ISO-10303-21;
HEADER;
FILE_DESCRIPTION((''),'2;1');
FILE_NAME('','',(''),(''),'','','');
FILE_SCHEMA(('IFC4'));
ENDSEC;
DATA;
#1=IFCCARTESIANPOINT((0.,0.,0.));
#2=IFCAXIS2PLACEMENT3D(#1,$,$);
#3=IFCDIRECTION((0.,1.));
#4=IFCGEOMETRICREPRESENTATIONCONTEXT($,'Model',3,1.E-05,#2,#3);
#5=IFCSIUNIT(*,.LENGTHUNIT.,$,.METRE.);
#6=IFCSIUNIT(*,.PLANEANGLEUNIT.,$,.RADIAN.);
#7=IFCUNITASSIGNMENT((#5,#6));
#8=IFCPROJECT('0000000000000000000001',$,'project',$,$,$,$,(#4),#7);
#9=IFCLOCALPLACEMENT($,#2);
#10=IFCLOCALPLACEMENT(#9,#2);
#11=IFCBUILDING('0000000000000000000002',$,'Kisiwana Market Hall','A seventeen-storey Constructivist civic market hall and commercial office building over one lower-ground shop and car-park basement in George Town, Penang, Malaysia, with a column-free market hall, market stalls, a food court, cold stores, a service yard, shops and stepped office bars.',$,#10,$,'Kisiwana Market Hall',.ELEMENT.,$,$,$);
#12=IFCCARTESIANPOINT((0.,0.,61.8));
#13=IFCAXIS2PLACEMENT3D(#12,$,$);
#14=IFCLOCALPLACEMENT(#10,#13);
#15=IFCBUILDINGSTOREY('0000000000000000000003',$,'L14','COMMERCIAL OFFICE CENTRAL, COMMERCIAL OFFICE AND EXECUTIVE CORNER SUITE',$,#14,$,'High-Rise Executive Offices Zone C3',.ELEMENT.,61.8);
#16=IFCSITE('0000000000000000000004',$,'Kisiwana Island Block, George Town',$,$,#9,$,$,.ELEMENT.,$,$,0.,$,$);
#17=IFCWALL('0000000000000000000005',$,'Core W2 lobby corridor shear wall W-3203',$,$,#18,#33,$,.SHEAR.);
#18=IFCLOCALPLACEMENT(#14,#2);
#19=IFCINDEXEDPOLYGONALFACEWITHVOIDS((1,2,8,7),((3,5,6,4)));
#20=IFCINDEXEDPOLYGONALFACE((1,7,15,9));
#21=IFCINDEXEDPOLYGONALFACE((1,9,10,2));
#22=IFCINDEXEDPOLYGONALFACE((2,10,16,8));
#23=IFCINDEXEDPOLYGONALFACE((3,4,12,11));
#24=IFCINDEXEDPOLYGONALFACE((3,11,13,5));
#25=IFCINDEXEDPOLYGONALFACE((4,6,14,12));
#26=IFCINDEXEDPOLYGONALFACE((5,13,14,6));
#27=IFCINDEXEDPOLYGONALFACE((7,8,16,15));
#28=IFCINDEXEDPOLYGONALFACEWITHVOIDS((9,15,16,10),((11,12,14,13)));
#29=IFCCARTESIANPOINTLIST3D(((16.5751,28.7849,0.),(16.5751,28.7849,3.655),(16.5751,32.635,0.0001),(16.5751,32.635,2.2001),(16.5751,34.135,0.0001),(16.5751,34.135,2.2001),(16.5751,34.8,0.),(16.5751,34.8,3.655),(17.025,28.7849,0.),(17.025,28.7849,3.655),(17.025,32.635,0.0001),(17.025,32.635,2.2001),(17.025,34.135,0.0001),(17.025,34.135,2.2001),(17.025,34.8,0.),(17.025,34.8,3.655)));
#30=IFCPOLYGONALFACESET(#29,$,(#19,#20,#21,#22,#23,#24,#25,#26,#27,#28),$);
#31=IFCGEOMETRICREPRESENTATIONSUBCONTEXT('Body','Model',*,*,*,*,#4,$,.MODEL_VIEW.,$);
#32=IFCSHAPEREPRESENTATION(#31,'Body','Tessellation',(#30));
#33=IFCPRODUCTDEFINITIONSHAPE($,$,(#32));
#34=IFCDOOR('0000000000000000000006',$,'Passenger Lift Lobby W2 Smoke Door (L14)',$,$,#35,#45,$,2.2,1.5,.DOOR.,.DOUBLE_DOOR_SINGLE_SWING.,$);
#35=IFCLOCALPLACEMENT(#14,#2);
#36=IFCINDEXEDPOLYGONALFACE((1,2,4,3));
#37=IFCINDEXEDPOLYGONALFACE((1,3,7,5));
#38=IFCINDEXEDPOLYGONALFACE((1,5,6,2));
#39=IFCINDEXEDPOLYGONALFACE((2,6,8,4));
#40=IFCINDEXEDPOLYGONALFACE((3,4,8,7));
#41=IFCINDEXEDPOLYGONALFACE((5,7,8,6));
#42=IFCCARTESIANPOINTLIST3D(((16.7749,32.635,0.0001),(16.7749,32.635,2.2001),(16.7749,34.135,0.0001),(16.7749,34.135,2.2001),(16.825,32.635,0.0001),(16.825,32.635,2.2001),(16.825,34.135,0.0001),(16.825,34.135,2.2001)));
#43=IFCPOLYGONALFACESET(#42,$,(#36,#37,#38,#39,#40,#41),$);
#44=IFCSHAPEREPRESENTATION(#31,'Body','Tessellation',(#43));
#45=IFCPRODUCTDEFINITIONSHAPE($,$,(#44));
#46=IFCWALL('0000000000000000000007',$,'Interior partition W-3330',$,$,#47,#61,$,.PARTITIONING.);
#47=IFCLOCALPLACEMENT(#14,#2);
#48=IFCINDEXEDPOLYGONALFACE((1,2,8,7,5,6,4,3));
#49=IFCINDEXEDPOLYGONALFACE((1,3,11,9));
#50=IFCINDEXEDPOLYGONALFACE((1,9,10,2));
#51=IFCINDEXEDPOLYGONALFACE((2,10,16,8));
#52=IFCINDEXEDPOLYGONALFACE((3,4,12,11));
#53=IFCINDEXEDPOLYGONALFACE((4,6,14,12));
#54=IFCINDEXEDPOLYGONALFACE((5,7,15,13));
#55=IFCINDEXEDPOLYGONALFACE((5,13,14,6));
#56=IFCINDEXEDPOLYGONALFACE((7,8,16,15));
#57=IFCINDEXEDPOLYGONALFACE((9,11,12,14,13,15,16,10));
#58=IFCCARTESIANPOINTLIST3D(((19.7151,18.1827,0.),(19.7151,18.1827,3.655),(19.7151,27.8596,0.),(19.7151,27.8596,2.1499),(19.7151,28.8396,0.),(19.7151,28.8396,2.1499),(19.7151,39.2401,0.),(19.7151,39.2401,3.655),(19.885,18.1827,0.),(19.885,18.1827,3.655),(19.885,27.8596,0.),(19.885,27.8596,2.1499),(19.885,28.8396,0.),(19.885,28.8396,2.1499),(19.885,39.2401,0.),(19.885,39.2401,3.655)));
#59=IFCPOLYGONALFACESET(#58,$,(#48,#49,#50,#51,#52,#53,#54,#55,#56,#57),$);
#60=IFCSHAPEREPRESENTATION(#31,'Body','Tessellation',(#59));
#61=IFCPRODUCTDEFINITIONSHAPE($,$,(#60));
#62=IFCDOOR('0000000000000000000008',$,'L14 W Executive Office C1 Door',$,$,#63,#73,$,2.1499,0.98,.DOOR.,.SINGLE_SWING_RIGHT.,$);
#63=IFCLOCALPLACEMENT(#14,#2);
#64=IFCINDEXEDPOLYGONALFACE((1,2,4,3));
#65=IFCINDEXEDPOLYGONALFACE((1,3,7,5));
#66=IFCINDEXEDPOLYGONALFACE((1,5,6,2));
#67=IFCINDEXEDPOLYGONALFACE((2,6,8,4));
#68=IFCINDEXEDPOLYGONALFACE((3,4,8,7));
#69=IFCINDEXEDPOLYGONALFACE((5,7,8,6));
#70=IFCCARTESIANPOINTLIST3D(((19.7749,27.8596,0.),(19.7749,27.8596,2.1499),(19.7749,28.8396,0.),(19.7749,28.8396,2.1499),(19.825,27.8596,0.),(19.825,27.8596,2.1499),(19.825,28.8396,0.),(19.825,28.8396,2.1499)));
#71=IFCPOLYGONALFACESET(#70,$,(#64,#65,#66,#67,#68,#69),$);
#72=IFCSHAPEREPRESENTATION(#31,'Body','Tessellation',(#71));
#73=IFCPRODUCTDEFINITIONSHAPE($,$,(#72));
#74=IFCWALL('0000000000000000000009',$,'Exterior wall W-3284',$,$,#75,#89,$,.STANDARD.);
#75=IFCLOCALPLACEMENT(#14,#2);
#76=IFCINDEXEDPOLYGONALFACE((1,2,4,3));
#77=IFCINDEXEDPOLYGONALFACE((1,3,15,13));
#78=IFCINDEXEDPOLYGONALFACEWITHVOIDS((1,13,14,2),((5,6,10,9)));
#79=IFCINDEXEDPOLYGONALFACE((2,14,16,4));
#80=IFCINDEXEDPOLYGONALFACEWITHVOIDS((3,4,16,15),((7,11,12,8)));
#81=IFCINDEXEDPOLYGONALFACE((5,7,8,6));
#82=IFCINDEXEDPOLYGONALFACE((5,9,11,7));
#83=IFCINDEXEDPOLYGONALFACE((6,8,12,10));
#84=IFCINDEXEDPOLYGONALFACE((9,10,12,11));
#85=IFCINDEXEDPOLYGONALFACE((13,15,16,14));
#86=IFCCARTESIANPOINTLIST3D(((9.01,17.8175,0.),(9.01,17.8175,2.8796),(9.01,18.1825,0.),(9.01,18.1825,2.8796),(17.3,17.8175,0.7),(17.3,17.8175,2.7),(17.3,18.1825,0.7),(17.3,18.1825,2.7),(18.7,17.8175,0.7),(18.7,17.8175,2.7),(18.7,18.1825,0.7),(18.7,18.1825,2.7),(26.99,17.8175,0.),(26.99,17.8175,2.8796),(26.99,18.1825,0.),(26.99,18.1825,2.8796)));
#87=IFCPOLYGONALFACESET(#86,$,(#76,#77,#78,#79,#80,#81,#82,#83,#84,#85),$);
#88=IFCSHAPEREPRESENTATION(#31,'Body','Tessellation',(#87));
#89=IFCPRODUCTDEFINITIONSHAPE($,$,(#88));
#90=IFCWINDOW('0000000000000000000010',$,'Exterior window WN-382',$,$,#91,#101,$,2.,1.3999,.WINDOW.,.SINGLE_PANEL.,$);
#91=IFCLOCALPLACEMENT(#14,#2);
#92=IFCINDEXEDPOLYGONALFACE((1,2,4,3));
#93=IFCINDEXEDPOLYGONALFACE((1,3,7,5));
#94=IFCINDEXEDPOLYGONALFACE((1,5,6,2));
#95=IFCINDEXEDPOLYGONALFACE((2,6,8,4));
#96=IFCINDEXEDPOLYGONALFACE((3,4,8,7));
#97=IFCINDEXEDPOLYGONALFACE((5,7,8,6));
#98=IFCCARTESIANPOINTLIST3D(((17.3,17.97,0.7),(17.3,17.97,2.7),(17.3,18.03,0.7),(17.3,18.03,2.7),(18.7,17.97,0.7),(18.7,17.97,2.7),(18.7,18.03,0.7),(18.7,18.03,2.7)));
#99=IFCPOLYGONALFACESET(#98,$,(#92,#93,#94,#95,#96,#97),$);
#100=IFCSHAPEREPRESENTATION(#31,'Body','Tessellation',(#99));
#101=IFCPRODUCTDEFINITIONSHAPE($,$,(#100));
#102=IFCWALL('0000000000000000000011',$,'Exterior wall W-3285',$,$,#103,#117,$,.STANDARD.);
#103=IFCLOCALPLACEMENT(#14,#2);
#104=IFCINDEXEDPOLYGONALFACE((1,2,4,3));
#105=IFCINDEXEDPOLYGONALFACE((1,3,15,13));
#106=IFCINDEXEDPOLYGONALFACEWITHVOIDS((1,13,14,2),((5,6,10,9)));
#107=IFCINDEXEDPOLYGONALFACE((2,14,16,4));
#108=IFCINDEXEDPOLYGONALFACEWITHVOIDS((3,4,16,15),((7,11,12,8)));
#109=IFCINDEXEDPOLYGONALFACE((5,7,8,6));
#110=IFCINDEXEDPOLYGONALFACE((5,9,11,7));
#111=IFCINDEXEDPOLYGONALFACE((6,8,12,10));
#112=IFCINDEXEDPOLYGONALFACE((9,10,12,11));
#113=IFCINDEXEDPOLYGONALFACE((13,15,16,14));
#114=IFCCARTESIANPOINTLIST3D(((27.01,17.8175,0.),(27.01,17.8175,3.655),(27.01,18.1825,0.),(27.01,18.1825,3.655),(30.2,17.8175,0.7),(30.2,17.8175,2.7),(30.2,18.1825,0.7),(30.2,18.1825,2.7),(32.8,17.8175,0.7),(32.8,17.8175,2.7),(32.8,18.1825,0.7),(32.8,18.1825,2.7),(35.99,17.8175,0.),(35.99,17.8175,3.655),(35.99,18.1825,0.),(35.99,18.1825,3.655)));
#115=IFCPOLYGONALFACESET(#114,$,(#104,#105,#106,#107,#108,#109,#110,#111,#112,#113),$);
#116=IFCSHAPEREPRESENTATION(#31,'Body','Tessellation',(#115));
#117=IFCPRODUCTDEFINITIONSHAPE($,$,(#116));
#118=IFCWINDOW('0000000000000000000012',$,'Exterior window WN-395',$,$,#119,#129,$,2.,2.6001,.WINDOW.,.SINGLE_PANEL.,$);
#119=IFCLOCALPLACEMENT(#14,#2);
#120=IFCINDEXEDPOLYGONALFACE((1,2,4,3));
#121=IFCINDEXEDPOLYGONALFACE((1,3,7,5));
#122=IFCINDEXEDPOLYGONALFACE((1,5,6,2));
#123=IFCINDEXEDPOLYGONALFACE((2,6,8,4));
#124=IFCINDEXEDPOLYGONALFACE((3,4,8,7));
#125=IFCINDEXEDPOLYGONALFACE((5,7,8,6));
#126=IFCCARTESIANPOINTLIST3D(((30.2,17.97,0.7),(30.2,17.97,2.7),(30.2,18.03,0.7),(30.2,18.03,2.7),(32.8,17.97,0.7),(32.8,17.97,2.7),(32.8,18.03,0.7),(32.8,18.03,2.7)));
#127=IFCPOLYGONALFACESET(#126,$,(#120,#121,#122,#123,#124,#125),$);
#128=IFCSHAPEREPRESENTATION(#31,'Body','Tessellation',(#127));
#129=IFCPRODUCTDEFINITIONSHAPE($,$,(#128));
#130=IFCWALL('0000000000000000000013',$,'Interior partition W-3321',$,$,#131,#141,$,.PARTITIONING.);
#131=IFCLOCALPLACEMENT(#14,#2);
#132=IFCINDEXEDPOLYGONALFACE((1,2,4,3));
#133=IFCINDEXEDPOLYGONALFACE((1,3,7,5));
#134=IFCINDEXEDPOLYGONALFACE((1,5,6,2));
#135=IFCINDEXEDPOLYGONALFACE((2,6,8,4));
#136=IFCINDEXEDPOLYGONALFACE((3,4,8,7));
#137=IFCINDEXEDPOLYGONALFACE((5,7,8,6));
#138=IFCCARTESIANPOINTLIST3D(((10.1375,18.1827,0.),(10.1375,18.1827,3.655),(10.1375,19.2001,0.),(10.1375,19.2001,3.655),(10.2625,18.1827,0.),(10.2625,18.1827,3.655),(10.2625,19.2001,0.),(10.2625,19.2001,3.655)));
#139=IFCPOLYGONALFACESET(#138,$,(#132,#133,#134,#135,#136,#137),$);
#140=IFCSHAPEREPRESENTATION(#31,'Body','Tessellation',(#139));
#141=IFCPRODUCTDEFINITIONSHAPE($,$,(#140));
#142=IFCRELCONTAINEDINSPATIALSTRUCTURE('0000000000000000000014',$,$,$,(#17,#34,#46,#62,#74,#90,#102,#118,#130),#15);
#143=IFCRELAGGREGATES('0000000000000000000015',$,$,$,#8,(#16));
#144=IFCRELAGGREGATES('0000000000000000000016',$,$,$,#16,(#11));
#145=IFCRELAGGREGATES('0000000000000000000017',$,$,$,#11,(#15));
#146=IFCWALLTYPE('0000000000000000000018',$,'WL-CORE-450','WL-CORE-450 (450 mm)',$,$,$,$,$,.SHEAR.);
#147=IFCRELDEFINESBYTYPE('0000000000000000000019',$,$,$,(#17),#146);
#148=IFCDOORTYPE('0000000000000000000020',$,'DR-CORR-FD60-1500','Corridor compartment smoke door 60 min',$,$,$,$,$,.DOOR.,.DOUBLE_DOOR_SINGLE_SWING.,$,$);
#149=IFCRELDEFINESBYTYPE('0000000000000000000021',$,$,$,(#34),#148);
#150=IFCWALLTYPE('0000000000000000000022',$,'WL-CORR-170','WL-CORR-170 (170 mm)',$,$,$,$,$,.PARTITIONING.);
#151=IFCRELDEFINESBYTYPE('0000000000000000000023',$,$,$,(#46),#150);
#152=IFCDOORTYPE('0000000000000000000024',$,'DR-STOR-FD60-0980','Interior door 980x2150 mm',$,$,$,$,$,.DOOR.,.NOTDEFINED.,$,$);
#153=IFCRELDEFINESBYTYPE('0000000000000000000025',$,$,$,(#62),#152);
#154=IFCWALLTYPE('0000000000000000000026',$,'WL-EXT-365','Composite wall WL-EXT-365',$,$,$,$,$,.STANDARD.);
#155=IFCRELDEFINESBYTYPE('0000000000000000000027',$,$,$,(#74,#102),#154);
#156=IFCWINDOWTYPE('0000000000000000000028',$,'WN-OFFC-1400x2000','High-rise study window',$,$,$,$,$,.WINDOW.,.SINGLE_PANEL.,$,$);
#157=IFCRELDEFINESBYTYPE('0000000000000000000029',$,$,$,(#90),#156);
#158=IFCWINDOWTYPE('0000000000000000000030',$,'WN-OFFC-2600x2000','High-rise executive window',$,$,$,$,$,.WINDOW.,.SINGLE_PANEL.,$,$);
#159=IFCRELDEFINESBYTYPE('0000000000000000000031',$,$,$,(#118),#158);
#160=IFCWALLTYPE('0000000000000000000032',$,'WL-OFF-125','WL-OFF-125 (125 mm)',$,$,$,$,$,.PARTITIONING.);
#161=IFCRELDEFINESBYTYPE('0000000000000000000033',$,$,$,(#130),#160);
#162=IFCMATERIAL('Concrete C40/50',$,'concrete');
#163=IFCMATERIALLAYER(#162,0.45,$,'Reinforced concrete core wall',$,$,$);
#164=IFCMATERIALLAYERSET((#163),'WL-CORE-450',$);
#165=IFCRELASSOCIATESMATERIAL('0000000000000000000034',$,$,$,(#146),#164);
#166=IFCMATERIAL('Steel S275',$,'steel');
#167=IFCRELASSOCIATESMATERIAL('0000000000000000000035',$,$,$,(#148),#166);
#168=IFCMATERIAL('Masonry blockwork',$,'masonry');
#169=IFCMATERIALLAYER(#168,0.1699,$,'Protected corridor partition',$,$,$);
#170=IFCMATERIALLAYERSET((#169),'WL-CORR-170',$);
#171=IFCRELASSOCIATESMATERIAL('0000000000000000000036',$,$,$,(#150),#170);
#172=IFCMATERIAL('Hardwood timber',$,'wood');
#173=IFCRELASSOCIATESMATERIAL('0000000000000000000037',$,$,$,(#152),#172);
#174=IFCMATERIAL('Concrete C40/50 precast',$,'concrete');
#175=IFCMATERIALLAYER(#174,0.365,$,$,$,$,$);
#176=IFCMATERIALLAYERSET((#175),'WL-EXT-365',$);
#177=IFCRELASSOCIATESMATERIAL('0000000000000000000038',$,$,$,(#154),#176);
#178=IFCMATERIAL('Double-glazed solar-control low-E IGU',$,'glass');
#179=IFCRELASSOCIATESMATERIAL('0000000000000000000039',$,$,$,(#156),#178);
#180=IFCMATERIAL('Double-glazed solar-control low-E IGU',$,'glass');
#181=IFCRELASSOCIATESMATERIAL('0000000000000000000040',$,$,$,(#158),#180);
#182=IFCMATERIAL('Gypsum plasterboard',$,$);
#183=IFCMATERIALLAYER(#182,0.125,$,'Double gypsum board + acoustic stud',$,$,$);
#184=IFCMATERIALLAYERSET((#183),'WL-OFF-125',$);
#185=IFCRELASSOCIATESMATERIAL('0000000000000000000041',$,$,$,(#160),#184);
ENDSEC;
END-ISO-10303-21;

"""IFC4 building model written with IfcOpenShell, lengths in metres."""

from ifc_helpers import new_model, si_unit, direction, frame, frame_2d, origin, place, context, subcontext, project, spatial, rectangle, extrude, material, layer, layer_set, type_object, element, fill, save


model = new_model("IFC4")

# Units and contexts
model_context = context("Model", 3, precision=1e-05, world=origin(), true_north=direction((0.0, 1.0)))
body_context = subcontext(model_context, "Body", "Model", "MODEL_VIEW")
ifc_project = project(units=[si_unit("LENGTHUNIT", "METRE"), si_unit("PLANEANGLEUNIT", "RADIAN")], contexts=[model_context])

# Site, building, storey
site_placement = place(None, origin())
site = spatial("IfcSite", under=ifc_project, at=site_placement, Name="Kisiwana Island Block, George Town", CompositionType="ELEMENT", RefElevation=0.0)
building_placement = place(site_placement, origin())
building = spatial("IfcBuilding", under=site, at=building_placement, Name="Kisiwana Market Hall", Description="A seventeen-storey Constructivist civic market hall and commercial office building over one lower-ground shop and car-park basement in George Town, Penang, Malaysia, with a column-free market hall, market stalls, a food court, cold stores, a service yard, shops and stepped office bars.", LongName="Kisiwana Market Hall", CompositionType="ELEMENT")
storey_placement = place(building_placement, frame((0.0, 0.0, 61.8)))
storey = spatial("IfcBuildingStorey", under=building, at=storey_placement, Name="L14", Description="COMMERCIAL OFFICE CENTRAL, COMMERCIAL OFFICE AND EXECUTIVE CORNER SUITE", LongName="High-Rise Executive Offices Zone C3", CompositionType="ELEMENT", Elevation=61.8)

# Shared definitions
ifc_material_1 = material(Name="Concrete C40/50", Category="concrete")
ifc_layer_1 = layer(ifc_material_1, 0.45, Name="Reinforced concrete core wall")
ifc_layer_set_1 = layer_set([ifc_layer_1], Name="WL-CORE-450")
wall_type_1 = type_object("IfcWallType", Name="WL-CORE-450", Description="WL-CORE-450 (450 mm)", PredefinedType="SHEAR", material=ifc_layer_set_1)

# Walls, openings, doors
wall_1_placement = place(storey_placement, frame((16.8, 28.7849, 0.0), z_axis=(0.0, 0.0, 1.0), x_axis=(0.0, 1.0, 0.0)))
wall_1 = element("IfcWall", 1, at=wall_1_placement, inside=storey, type_object=wall_type_1, Name="Core W2 lobby corridor shear wall W-3203", PredefinedType="SHEAR", context=body_context, shape_type="SweptSolid", body=[
    extrude(rectangle(XDim=6.0151, YDim=0.45, at=frame_2d((3.0076, 0.0))), origin(), (0.0, 0.0, 1.0), 3.655),
])
opening_1_placement = place(wall_1_placement, frame((3.8501, 0.0, 0.0)))
opening_1 = element("IfcOpeningElement", 2, at=opening_1_placement, cuts=wall_1, PredefinedType="OPENING", context=body_context, shape_type="SweptSolid", body=[
    extrude(rectangle(XDim=1.5, YDim=2.2, at=frame_2d((0.75, 1.1001))), frame((0.0, 0.2368, 0.0), z_axis=(0.0, -1.0, 0.0), x_axis=(1.0, 0.0, 0.0)), (0.0, 0.0, 1.0), 0.4739),
])
ifc_material_2 = material(Name="Steel S275", Category="steel")
door_type_1 = type_object("IfcDoorType", Name="DR-CORR-FD60-1500", Description="Corridor compartment smoke door 60 min", OperationType="DOUBLE_DOOR_SINGLE_SWING", PredefinedType="DOOR", material=ifc_material_2)
door_1_placement = place(opening_1_placement, frame((1.5, 0.0, 0.0), z_axis=(0.0, 0.0, 1.0), x_axis=(-1.0, 0.0, 0.0)))
door_1 = element("IfcDoor", 3, at=door_1_placement, inside=storey, type_object=door_type_1, Name="Passenger Lift Lobby W2 Smoke Door (L14)", OperationType="DOUBLE_DOOR_SINGLE_SWING", OverallHeight=2.2, OverallWidth=1.5, PredefinedType="DOOR", context=body_context, shape_type="SweptSolid", body=[
    extrude(rectangle(XDim=1.5, YDim=2.2, at=frame_2d((0.75, 1.1001))), frame((0.0, 0.0249, 0.0), z_axis=(0.0, -1.0, 0.0), x_axis=(1.0, 0.0, 0.0)), (0.0, 0.0, 1.0), 0.05),
])
fill(opening_1, door_1)
ifc_material_3 = material(Name="Masonry blockwork", Category="masonry")
ifc_layer_2 = layer(ifc_material_3, 0.1699, Name="Protected corridor partition")
ifc_layer_set_2 = layer_set([ifc_layer_2], Name="WL-CORR-170")
wall_type_2 = type_object("IfcWallType", Name="WL-CORR-170", Description="WL-CORR-170 (170 mm)", PredefinedType="PARTITIONING", material=ifc_layer_set_2)
wall_2_placement = place(storey_placement, frame((19.8, 18.1826, 0.0), z_axis=(0.0, 0.0, 1.0), x_axis=(0.0, 1.0, 0.0)))
wall_2 = element("IfcWall", 4, at=wall_2_placement, inside=storey, type_object=wall_type_2, Name="Interior partition W-3330", PredefinedType="PARTITIONING", context=body_context, shape_type="SweptSolid", body=[
    extrude(rectangle(XDim=21.0574, YDim=0.1699, at=frame_2d((10.5288, 0.0))), origin(), (0.0, 0.0, 1.0), 3.655),
])
opening_2_placement = place(wall_2_placement, frame((9.677, 0.0, 0.0)))
opening_2 = element("IfcOpeningElement", 5, at=opening_2_placement, cuts=wall_2, PredefinedType="OPENING", context=body_context, shape_type="SweptSolid", body=[
    extrude(rectangle(XDim=0.98, YDim=2.1499, at=frame_2d((0.49, 1.075))), frame((0.0, 0.0969, 0.0), z_axis=(0.0, -1.0, 0.0), x_axis=(1.0, 0.0, 0.0)), (0.0, 0.0, 1.0), 0.1938),
])
ifc_material_4 = material(Name="Hardwood timber", Category="wood")
door_type_2 = type_object("IfcDoorType", Name="DR-STOR-FD60-0980", Description="Interior door 980x2150 mm", OperationType="NOTDEFINED", PredefinedType="DOOR", material=ifc_material_4)
door_2_placement = place(opening_2_placement, frame((0.98, 0.0, 0.0), z_axis=(0.0, 0.0, 1.0), x_axis=(-1.0, 0.0, 0.0)))
door_2 = element("IfcDoor", 6, at=door_2_placement, inside=storey, type_object=door_type_2, Name="L14 W Executive Office C1 Door", OperationType="SINGLE_SWING_RIGHT", OverallHeight=2.1499, OverallWidth=0.98, PredefinedType="DOOR", context=body_context, shape_type="SweptSolid", body=[
    extrude(rectangle(XDim=0.98, YDim=2.1499, at=frame_2d((0.49, 1.075))), frame((0.0, 0.0249, 0.0), z_axis=(0.0, -1.0, 0.0), x_axis=(1.0, 0.0, 0.0)), (0.0, 0.0, 1.0), 0.05),
])
fill(opening_2, door_2)

# Walls, openings, windows
ifc_material_5 = material(Name="Concrete C40/50 precast", Category="concrete")
ifc_layer_3 = layer(ifc_material_5, 0.365)
ifc_layer_set_3 = layer_set([ifc_layer_3], Name="WL-EXT-365")
wall_type_3 = type_object("IfcWallType", Name="WL-EXT-365", Description="Composite wall WL-EXT-365", PredefinedType="STANDARD", material=ifc_layer_set_3)
wall_3_placement = place(storey_placement, frame((9.01, 18.0, 0.0), z_axis=(0.0, 0.0, 1.0), x_axis=(1.0, 0.0, 0.0)))
wall_3 = element("IfcWall", 7, at=wall_3_placement, inside=storey, type_object=wall_type_3, Name="Exterior wall W-3284", PredefinedType="STANDARD", context=body_context, shape_type="SweptSolid", body=[
    extrude(rectangle(XDim=17.98, YDim=0.365, at=frame_2d((8.99, 0.0))), origin(), (0.0, 0.0, 1.0), 2.8796),
])
opening_3_placement = place(wall_3_placement, frame((8.29, 0.0, 0.7)))
opening_3 = element("IfcOpeningElement", 8, at=opening_3_placement, cuts=wall_3, PredefinedType="OPENING", context=body_context, shape_type="SweptSolid", body=[
    extrude(rectangle(XDim=1.3999, YDim=2.0, at=frame_2d((0.7, 1.0))), frame((0.0, 0.1943, 0.0), z_axis=(0.0, -1.0, 0.0), x_axis=(1.0, 0.0, 0.0)), (0.0, 0.0, 1.0), 0.3889),
])
ifc_material_6 = material(Name="Double-glazed solar-control low-E IGU", Category="glass")
window_type_1 = type_object("IfcWindowType", Name="WN-OFFC-1400x2000", Description="High-rise study window", PartitioningType="SINGLE_PANEL", PredefinedType="WINDOW", material=ifc_material_6)
window_1_placement = place(opening_3_placement, origin())
window_1 = element("IfcWindow", 9, at=window_1_placement, inside=storey, type_object=window_type_1, Name="Exterior window WN-382", OverallHeight=2.0, OverallWidth=1.3999, PartitioningType="SINGLE_PANEL", PredefinedType="WINDOW", context=body_context, shape_type="SweptSolid", body=[
    extrude(rectangle(XDim=1.3999, YDim=2.0, at=frame_2d((0.7, 1.0))), frame((0.0, 0.03, 0.0), z_axis=(0.0, -1.0, 0.0), x_axis=(1.0, 0.0, 0.0)), (0.0, 0.0, 1.0), 0.0601),
])
fill(opening_3, window_1)
wall_4_placement = place(storey_placement, frame((27.01, 18.0, 0.0), z_axis=(0.0, 0.0, 1.0), x_axis=(1.0, 0.0, 0.0)))
wall_4 = element("IfcWall", 10, at=wall_4_placement, inside=storey, type_object=wall_type_3, Name="Exterior wall W-3285", PredefinedType="STANDARD", context=body_context, shape_type="SweptSolid", body=[
    extrude(rectangle(XDim=8.98, YDim=0.365, at=frame_2d((4.49, 0.0))), origin(), (0.0, 0.0, 1.0), 3.655),
])
opening_4_placement = place(wall_4_placement, frame((3.1899, 0.0, 0.7)))
opening_4 = element("IfcOpeningElement", 11, at=opening_4_placement, cuts=wall_4, PredefinedType="OPENING", context=body_context, shape_type="SweptSolid", body=[
    extrude(rectangle(XDim=2.6001, YDim=2.0, at=frame_2d((1.3, 1.0))), frame((0.0, 0.1943, 0.0), z_axis=(0.0, -1.0, 0.0), x_axis=(1.0, 0.0, 0.0)), (0.0, 0.0, 1.0), 0.3889),
])
ifc_material_7 = material(Name="Double-glazed solar-control low-E IGU", Category="glass")
window_type_2 = type_object("IfcWindowType", Name="WN-OFFC-2600x2000", Description="High-rise executive window", PartitioningType="SINGLE_PANEL", PredefinedType="WINDOW", material=ifc_material_7)
window_2_placement = place(opening_4_placement, origin())
window_2 = element("IfcWindow", 12, at=window_2_placement, inside=storey, type_object=window_type_2, Name="Exterior window WN-395", OverallHeight=2.0, OverallWidth=2.6001, PartitioningType="SINGLE_PANEL", PredefinedType="WINDOW", context=body_context, shape_type="SweptSolid", body=[
    extrude(rectangle(XDim=2.6001, YDim=2.0, at=frame_2d((1.3, 1.0))), frame((0.0, 0.03, 0.0), z_axis=(0.0, -1.0, 0.0), x_axis=(1.0, 0.0, 0.0)), (0.0, 0.0, 1.0), 0.0601),
])
fill(opening_4, window_2)

# Wall
ifc_material_8 = material(Name="Gypsum plasterboard")
ifc_layer_4 = layer(ifc_material_8, 0.125, Name="Double gypsum board + acoustic stud")
ifc_layer_set_4 = layer_set([ifc_layer_4], Name="WL-OFF-125")
wall_type_4 = type_object("IfcWallType", Name="WL-OFF-125", Description="WL-OFF-125 (125 mm)", PredefinedType="PARTITIONING", material=ifc_layer_set_4)
wall_5_placement = place(storey_placement, frame((10.2, 18.1826, 0.0), z_axis=(0.0, 0.0, 1.0), x_axis=(0.0, 1.0, 0.0)))
element("IfcWall", 13, at=wall_5_placement, inside=storey, type_object=wall_type_4, Name="Interior partition W-3321", PredefinedType="PARTITIONING", context=body_context, shape_type="SweptSolid", body=[
    extrude(rectangle(XDim=1.0173, YDim=0.125, at=frame_2d((0.5088, 0.0))), origin(), (0.0, 0.0, 1.0), 3.655),
])

save(model, "model.ifc")
